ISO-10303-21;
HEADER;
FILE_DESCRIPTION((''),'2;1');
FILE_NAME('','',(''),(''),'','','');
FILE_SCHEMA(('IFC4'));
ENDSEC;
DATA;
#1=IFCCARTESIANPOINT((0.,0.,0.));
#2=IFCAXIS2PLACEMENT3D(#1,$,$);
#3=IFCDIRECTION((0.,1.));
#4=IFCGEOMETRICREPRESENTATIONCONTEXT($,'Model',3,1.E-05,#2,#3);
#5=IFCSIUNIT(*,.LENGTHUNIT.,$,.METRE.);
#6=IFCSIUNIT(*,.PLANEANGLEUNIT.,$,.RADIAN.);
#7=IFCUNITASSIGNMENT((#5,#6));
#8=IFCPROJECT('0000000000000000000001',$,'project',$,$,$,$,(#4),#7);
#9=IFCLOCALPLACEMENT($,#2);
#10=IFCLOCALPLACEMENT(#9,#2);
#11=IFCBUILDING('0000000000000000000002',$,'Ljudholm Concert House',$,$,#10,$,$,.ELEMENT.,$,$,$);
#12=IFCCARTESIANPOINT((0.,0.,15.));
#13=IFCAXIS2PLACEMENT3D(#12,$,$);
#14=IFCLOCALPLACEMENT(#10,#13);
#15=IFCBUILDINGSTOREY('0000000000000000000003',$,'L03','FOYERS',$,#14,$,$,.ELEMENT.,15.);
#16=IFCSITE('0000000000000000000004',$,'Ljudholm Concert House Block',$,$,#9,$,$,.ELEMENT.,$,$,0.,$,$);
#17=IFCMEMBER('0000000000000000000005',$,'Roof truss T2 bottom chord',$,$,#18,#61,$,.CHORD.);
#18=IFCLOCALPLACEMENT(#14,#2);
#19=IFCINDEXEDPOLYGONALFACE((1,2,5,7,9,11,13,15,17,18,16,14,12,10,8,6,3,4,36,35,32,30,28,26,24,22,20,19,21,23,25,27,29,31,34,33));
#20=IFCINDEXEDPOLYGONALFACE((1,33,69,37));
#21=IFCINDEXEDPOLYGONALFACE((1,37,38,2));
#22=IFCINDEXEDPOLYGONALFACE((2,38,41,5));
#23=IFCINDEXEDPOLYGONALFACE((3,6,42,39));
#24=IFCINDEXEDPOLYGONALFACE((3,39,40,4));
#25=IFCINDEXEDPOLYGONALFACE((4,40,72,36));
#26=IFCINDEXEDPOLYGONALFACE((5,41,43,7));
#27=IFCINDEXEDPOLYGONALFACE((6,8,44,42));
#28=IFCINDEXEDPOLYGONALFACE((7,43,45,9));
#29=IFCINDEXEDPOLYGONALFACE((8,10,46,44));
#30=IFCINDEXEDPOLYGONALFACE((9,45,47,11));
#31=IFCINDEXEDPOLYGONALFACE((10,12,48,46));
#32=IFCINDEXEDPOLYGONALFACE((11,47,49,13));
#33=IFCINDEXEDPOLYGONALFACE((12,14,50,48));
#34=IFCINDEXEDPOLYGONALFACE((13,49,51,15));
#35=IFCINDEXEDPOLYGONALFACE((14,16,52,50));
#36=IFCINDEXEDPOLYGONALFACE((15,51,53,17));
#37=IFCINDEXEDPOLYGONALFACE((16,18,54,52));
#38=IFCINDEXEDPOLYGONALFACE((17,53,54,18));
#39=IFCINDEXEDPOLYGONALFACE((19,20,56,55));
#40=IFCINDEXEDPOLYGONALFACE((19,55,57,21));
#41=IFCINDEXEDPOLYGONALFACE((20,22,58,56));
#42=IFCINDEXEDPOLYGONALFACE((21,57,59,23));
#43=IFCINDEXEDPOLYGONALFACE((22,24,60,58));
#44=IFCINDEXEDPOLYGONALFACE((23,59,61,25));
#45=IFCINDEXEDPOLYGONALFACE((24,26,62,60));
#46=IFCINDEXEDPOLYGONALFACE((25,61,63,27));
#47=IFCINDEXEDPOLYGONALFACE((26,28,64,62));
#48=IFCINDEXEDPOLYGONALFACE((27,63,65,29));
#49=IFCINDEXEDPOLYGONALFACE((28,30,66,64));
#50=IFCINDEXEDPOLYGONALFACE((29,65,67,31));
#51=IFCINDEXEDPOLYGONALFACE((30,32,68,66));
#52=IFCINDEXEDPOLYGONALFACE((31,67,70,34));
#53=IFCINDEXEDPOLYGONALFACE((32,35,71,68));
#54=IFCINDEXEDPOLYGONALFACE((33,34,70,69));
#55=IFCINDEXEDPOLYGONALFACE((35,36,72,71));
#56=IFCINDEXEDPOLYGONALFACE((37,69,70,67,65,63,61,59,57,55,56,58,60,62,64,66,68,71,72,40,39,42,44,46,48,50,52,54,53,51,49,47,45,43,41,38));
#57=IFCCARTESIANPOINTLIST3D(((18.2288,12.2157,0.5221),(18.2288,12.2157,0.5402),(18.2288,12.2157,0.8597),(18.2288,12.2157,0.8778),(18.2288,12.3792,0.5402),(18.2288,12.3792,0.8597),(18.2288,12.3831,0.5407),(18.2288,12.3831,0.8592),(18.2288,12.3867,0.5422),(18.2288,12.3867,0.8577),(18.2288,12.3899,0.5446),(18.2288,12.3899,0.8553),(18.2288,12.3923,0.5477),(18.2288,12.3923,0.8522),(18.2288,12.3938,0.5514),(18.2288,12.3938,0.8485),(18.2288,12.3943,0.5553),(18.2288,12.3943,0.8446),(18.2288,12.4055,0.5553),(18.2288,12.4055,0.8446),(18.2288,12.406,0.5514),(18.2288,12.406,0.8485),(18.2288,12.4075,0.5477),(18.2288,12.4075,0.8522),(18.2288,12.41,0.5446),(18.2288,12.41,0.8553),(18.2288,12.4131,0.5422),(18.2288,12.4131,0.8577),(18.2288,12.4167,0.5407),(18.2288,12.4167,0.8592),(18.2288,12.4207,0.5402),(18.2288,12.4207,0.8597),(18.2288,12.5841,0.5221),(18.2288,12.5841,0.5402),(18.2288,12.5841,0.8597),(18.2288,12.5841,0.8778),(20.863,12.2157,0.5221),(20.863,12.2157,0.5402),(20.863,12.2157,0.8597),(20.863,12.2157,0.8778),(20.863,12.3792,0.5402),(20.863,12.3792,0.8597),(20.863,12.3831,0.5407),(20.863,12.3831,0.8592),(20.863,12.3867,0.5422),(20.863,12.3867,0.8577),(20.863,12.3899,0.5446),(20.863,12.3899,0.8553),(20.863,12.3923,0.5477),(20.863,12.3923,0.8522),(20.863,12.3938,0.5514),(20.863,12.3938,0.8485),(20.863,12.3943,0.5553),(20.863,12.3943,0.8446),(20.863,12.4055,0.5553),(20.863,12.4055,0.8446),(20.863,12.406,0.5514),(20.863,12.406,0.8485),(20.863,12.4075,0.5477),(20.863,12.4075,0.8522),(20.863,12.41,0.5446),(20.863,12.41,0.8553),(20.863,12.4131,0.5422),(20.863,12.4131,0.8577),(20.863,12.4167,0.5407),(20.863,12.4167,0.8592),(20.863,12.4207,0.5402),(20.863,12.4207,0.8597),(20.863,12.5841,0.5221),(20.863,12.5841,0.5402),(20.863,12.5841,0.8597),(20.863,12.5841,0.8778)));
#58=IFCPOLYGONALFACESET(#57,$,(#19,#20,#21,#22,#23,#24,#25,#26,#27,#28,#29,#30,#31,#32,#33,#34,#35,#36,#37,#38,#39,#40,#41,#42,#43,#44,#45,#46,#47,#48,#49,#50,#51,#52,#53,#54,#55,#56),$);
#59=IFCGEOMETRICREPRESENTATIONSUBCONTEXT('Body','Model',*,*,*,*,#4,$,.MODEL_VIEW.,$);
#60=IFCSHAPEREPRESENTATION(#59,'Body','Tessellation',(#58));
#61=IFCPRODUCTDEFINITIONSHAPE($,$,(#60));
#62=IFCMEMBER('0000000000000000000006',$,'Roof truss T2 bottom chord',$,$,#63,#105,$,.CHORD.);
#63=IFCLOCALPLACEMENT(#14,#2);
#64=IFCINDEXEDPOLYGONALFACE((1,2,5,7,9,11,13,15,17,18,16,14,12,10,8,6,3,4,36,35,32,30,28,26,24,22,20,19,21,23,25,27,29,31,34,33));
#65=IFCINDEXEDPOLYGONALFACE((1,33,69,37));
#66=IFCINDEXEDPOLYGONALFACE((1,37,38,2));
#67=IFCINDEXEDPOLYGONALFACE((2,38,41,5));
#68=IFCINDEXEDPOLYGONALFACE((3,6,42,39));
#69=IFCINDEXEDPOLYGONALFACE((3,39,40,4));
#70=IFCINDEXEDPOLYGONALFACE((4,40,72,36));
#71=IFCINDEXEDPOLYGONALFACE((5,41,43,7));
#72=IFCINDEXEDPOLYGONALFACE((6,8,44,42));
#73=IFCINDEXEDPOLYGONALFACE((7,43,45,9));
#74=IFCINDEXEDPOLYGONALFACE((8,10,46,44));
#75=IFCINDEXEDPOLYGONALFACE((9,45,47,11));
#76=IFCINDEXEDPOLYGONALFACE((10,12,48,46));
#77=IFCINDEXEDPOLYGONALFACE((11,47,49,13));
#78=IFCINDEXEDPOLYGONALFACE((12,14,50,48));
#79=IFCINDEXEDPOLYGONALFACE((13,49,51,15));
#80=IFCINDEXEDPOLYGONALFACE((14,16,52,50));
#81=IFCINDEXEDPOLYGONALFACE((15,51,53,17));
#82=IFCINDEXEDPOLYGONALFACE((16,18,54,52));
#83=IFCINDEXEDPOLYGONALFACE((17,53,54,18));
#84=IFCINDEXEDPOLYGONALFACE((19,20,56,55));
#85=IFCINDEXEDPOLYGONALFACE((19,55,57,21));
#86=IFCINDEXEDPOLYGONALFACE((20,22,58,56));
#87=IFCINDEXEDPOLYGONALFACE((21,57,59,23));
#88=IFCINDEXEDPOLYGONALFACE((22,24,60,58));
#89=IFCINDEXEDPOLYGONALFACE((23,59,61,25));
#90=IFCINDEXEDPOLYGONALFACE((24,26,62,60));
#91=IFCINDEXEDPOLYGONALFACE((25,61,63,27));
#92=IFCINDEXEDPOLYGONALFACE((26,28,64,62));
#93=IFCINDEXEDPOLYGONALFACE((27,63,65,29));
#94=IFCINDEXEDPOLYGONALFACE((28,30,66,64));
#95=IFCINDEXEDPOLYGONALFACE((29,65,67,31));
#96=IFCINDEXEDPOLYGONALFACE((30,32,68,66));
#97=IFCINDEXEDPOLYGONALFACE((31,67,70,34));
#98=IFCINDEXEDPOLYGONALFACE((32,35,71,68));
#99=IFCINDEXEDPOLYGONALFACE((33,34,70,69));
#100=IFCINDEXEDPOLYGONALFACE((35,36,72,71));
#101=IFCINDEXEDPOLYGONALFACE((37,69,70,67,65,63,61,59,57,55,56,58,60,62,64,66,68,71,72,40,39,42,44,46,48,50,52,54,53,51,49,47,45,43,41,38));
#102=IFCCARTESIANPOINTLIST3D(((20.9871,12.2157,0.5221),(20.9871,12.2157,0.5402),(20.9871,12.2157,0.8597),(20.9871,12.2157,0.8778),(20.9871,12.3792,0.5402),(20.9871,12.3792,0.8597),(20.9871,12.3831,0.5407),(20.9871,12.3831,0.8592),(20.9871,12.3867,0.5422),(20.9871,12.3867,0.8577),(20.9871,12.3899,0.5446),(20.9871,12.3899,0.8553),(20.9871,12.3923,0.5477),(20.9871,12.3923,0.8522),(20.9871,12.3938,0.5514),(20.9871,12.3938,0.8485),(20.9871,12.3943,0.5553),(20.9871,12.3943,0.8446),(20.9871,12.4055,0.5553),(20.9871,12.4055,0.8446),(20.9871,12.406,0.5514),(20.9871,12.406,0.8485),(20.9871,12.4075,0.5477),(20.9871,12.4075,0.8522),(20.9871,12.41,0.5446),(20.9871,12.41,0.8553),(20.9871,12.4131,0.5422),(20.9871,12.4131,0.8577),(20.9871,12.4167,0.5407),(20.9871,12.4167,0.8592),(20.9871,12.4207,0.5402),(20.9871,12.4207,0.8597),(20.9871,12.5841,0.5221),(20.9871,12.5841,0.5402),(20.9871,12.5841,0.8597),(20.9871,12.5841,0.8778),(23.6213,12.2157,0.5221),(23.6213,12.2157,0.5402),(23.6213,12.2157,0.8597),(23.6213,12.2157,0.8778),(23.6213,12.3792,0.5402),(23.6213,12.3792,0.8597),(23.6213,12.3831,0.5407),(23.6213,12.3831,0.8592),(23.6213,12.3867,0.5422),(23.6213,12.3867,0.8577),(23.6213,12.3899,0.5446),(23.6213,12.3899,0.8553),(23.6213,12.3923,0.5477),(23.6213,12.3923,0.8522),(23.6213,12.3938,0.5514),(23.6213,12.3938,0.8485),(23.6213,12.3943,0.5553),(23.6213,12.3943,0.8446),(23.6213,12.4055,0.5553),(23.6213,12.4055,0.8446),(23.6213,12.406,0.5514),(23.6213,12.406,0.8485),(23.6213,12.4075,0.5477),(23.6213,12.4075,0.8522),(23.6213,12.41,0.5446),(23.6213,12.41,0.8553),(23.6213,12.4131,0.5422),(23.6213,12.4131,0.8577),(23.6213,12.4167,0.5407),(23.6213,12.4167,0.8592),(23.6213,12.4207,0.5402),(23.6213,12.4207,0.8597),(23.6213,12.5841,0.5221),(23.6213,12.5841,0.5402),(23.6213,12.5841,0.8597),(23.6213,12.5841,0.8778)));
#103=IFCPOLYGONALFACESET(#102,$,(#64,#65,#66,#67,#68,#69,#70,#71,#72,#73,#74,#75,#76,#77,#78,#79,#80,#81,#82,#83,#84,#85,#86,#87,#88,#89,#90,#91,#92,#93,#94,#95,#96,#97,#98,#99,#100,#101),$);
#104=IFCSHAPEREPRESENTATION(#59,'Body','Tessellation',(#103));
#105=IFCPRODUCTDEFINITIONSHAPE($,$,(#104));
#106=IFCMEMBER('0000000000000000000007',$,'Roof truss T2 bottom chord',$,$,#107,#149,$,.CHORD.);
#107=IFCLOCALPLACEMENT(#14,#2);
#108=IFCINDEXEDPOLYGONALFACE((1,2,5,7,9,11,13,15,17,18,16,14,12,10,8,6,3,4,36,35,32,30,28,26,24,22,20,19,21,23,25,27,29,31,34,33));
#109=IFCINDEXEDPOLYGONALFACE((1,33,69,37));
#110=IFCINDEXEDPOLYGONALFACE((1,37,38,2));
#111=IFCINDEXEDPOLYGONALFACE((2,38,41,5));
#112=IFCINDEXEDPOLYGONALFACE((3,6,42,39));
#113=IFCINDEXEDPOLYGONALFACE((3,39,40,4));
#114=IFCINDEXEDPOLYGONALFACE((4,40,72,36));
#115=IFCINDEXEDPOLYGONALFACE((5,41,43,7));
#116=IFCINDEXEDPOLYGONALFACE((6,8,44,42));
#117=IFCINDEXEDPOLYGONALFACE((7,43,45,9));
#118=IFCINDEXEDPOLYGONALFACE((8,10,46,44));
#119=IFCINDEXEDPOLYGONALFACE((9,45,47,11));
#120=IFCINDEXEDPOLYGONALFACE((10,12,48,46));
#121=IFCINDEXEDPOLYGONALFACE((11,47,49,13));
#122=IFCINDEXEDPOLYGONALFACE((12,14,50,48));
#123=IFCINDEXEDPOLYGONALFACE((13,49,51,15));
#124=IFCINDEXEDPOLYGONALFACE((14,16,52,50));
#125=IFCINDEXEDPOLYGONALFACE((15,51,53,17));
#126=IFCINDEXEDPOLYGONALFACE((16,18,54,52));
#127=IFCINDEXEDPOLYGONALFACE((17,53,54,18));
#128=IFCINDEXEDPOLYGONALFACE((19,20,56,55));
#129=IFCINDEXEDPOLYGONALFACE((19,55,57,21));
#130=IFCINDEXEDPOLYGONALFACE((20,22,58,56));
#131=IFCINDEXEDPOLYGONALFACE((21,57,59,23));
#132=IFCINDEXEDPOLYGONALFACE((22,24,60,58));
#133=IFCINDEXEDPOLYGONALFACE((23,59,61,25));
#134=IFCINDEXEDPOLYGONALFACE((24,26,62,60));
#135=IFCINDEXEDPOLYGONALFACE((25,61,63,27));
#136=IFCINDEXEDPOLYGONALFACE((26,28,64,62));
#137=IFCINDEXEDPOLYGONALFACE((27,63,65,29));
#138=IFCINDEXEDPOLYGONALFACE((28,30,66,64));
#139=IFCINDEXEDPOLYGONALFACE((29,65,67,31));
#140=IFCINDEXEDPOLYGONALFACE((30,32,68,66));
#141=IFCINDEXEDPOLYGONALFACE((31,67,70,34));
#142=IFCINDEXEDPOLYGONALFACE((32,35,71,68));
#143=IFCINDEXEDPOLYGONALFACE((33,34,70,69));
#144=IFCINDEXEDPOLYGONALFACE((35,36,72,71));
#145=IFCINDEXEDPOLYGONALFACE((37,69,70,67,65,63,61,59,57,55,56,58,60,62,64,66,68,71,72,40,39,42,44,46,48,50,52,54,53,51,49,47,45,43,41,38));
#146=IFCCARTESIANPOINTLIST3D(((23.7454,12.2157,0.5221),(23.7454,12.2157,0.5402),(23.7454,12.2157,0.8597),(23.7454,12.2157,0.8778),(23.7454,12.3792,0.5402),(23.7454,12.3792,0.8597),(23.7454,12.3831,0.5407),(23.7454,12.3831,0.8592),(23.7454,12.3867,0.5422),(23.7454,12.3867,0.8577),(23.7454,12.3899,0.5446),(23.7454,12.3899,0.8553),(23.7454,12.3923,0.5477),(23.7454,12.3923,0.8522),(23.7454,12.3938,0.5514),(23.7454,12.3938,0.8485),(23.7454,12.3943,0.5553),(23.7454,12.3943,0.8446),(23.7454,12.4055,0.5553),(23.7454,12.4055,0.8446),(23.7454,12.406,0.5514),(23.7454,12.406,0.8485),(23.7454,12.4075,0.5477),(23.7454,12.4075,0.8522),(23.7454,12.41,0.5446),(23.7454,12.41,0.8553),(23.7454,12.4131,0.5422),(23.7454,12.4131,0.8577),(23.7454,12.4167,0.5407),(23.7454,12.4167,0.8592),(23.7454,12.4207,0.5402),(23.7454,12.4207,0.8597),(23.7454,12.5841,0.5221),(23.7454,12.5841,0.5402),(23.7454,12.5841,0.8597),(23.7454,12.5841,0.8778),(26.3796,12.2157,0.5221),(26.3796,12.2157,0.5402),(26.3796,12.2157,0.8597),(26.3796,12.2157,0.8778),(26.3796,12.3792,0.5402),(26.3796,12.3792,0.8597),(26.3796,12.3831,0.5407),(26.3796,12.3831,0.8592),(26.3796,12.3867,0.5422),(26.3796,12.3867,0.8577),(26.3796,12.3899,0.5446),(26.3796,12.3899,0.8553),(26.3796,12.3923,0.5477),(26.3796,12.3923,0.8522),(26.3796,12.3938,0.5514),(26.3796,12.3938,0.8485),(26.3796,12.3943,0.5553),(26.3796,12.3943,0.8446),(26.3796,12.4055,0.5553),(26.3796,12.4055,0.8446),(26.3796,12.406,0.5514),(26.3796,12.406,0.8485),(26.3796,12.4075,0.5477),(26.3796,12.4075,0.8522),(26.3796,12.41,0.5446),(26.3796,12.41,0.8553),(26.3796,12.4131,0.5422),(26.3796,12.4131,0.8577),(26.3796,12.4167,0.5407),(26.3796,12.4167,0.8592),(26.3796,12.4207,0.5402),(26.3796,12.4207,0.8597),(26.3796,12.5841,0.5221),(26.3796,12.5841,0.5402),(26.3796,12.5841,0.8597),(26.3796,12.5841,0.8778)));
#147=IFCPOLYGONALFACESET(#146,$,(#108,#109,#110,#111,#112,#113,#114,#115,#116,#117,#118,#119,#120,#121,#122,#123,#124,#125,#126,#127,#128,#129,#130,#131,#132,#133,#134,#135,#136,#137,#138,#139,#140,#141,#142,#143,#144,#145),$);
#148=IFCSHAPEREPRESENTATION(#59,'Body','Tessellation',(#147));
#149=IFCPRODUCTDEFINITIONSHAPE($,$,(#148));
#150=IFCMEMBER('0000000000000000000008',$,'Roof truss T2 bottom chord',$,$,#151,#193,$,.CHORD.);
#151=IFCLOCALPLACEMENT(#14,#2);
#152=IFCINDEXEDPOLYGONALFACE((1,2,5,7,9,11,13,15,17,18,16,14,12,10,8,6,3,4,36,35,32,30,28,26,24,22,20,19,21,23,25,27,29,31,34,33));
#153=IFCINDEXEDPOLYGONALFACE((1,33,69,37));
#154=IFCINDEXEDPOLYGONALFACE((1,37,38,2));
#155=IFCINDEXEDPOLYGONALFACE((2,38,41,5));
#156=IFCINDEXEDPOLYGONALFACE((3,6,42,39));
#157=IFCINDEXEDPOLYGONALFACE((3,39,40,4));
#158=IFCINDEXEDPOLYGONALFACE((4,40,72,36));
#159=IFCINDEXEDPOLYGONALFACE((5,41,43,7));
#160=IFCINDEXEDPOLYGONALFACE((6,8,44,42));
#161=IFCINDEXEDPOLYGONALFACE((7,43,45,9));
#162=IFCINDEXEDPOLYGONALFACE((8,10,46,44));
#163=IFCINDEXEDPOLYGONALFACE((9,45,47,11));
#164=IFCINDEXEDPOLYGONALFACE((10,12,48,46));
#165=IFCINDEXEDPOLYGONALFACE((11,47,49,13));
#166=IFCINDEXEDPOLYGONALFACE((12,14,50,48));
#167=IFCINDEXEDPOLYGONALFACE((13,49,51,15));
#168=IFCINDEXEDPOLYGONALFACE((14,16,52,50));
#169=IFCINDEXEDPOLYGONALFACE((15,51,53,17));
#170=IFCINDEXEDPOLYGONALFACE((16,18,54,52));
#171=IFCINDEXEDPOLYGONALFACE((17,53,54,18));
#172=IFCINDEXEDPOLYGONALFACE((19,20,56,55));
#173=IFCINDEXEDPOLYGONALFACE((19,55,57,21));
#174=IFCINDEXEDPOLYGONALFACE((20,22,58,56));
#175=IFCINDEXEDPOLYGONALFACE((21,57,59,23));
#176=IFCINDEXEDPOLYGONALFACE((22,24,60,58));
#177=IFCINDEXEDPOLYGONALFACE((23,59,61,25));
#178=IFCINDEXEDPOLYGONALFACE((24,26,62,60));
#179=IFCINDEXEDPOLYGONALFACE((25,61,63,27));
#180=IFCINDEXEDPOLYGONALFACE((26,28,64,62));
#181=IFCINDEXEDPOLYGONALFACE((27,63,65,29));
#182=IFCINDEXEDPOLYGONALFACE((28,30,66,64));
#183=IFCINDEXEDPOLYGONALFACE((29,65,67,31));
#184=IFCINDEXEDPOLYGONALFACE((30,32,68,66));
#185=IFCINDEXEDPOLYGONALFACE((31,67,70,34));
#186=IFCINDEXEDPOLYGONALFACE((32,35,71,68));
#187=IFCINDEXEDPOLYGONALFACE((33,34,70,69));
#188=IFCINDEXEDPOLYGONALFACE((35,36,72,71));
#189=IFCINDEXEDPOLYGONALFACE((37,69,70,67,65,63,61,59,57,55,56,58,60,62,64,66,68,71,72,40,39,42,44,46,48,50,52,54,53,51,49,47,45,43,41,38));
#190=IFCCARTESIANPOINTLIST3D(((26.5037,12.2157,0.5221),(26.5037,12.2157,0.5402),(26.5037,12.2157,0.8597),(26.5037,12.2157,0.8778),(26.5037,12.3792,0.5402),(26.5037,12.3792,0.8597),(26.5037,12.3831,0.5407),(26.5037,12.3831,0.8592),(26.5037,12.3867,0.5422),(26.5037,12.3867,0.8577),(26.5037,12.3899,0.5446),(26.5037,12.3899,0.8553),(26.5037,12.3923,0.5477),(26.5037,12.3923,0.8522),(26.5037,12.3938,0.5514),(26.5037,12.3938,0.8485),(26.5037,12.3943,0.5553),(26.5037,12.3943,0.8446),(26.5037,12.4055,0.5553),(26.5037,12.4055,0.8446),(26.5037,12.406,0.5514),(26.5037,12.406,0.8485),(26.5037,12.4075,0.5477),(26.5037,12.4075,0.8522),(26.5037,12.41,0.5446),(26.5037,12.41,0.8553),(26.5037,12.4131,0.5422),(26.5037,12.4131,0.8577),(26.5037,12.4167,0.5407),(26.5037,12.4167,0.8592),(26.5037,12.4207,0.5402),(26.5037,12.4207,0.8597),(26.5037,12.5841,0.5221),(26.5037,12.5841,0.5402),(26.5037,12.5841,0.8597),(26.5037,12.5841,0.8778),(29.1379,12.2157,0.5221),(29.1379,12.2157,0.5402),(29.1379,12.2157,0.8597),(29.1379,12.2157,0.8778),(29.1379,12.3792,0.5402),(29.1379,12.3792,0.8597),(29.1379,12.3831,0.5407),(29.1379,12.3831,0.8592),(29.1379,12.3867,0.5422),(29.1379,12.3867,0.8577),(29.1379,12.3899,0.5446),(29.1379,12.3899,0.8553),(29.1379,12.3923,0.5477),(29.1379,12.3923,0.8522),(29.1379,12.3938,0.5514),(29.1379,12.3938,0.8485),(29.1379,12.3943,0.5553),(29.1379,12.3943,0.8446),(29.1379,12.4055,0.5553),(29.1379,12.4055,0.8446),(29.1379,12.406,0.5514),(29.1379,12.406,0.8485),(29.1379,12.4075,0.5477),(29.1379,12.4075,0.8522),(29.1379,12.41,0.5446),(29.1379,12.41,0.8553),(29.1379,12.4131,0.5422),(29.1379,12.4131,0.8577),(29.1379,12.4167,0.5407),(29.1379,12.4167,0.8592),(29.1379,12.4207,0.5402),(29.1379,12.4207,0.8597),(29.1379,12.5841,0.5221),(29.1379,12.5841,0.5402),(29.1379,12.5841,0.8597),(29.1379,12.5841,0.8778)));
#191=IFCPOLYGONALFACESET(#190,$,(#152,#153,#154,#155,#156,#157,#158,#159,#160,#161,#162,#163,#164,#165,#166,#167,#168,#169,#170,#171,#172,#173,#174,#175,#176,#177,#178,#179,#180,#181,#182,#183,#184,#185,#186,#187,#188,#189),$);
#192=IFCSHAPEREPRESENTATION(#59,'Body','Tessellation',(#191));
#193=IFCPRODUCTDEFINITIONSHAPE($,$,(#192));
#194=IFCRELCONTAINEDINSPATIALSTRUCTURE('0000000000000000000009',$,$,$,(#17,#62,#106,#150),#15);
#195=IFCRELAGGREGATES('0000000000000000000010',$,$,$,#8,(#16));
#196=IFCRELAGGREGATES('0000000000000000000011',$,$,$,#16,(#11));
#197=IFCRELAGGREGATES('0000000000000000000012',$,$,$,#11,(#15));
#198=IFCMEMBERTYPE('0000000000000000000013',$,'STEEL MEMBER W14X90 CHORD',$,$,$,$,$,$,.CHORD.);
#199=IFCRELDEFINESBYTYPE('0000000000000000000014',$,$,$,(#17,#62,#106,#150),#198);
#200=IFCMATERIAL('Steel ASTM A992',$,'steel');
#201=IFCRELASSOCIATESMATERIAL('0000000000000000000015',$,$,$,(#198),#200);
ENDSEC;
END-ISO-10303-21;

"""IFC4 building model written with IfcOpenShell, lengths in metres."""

from ifc_helpers import new_model, si_unit, direction, frame, origin, origin_2d, place, context, subcontext, project, spatial, i_section, extrude, material, material_profile, profile_set, type_object, element, save


model = new_model("IFC4")

# Units and contexts
model_context = context("Model", 3, precision=1e-05, world=origin(), true_north=direction((0.0, 1.0)))
body_context = subcontext(model_context, "Body", "Model", "MODEL_VIEW")
ifc_project = project(units=[si_unit("LENGTHUNIT", "METRE"), si_unit("PLANEANGLEUNIT", "RADIAN")], contexts=[model_context])

# Site, building, storey
site_placement = place(None, origin())
site = spatial("IfcSite", under=ifc_project, at=site_placement, Name="Ljudholm Concert House Block", CompositionType="ELEMENT", RefElevation=0.0)
building_placement = place(site_placement, origin())
building = spatial("IfcBuilding", under=site, at=building_placement, Name="Ljudholm Concert House", CompositionType="ELEMENT")
storey_placement = place(building_placement, frame((0.0, 0.0, 15.0)))
storey = spatial("IfcBuildingStorey", under=building, at=storey_placement, Name="L03", Description="FOYERS", CompositionType="ELEMENT", Elevation=15.0)

# Members
ifc_material_1 = material(Name="Steel ASTM A992", Category="steel")
ifc_material_profile = material_profile(ifc_material_1, i_section(OverallWidth=0.3684, OverallDepth=0.3557, WebThickness=0.0112, FlangeThickness=0.0181, FilletRadius=0.0151, at=origin_2d()), Name="W14X90")
ifc_profile_set = profile_set([ifc_material_profile], Name="Steel ASTM A992")
member_type = type_object("IfcMemberType", Name="STEEL MEMBER W14X90 CHORD", PredefinedType="CHORD", material=ifc_profile_set)
for number, where, z_axis, x_axis, name in (
    (1, (18.2288, 12.3999, 0.7), (1.0, 0.0, 0.0), (0.0, 1.0, 0.0), "Roof truss T2 bottom chord"),
    (2, (20.9871, 12.3999, 0.7), (1.0, 0.0, 0.0), (0.0, 1.0, 0.0), "Roof truss T2 bottom chord"),
    (3, (23.7454, 12.3999, 0.7), (1.0, 0.0, 0.0), (0.0, 1.0, 0.0), "Roof truss T2 bottom chord"),
    (4, (26.5037, 12.3999, 0.7), (1.0, 0.0, 0.0), (0.0, 1.0, 0.0), "Roof truss T2 bottom chord"),
):
    element("IfcMember", number, at=place(storey_placement, frame(where, z_axis=z_axis, x_axis=x_axis)), inside=storey, type_object=member_type, Name=name, PredefinedType="CHORD", context=body_context, shape_type="SweptSolid", body=[
        extrude(i_section(OverallWidth=0.3684, OverallDepth=0.3557, WebThickness=0.0112, FlangeThickness=0.0181, FilletRadius=0.0151, at=origin_2d()), origin(), (0.0, 0.0, 1.0), 2.6343),
    ])

save(model, "model.ifc")
